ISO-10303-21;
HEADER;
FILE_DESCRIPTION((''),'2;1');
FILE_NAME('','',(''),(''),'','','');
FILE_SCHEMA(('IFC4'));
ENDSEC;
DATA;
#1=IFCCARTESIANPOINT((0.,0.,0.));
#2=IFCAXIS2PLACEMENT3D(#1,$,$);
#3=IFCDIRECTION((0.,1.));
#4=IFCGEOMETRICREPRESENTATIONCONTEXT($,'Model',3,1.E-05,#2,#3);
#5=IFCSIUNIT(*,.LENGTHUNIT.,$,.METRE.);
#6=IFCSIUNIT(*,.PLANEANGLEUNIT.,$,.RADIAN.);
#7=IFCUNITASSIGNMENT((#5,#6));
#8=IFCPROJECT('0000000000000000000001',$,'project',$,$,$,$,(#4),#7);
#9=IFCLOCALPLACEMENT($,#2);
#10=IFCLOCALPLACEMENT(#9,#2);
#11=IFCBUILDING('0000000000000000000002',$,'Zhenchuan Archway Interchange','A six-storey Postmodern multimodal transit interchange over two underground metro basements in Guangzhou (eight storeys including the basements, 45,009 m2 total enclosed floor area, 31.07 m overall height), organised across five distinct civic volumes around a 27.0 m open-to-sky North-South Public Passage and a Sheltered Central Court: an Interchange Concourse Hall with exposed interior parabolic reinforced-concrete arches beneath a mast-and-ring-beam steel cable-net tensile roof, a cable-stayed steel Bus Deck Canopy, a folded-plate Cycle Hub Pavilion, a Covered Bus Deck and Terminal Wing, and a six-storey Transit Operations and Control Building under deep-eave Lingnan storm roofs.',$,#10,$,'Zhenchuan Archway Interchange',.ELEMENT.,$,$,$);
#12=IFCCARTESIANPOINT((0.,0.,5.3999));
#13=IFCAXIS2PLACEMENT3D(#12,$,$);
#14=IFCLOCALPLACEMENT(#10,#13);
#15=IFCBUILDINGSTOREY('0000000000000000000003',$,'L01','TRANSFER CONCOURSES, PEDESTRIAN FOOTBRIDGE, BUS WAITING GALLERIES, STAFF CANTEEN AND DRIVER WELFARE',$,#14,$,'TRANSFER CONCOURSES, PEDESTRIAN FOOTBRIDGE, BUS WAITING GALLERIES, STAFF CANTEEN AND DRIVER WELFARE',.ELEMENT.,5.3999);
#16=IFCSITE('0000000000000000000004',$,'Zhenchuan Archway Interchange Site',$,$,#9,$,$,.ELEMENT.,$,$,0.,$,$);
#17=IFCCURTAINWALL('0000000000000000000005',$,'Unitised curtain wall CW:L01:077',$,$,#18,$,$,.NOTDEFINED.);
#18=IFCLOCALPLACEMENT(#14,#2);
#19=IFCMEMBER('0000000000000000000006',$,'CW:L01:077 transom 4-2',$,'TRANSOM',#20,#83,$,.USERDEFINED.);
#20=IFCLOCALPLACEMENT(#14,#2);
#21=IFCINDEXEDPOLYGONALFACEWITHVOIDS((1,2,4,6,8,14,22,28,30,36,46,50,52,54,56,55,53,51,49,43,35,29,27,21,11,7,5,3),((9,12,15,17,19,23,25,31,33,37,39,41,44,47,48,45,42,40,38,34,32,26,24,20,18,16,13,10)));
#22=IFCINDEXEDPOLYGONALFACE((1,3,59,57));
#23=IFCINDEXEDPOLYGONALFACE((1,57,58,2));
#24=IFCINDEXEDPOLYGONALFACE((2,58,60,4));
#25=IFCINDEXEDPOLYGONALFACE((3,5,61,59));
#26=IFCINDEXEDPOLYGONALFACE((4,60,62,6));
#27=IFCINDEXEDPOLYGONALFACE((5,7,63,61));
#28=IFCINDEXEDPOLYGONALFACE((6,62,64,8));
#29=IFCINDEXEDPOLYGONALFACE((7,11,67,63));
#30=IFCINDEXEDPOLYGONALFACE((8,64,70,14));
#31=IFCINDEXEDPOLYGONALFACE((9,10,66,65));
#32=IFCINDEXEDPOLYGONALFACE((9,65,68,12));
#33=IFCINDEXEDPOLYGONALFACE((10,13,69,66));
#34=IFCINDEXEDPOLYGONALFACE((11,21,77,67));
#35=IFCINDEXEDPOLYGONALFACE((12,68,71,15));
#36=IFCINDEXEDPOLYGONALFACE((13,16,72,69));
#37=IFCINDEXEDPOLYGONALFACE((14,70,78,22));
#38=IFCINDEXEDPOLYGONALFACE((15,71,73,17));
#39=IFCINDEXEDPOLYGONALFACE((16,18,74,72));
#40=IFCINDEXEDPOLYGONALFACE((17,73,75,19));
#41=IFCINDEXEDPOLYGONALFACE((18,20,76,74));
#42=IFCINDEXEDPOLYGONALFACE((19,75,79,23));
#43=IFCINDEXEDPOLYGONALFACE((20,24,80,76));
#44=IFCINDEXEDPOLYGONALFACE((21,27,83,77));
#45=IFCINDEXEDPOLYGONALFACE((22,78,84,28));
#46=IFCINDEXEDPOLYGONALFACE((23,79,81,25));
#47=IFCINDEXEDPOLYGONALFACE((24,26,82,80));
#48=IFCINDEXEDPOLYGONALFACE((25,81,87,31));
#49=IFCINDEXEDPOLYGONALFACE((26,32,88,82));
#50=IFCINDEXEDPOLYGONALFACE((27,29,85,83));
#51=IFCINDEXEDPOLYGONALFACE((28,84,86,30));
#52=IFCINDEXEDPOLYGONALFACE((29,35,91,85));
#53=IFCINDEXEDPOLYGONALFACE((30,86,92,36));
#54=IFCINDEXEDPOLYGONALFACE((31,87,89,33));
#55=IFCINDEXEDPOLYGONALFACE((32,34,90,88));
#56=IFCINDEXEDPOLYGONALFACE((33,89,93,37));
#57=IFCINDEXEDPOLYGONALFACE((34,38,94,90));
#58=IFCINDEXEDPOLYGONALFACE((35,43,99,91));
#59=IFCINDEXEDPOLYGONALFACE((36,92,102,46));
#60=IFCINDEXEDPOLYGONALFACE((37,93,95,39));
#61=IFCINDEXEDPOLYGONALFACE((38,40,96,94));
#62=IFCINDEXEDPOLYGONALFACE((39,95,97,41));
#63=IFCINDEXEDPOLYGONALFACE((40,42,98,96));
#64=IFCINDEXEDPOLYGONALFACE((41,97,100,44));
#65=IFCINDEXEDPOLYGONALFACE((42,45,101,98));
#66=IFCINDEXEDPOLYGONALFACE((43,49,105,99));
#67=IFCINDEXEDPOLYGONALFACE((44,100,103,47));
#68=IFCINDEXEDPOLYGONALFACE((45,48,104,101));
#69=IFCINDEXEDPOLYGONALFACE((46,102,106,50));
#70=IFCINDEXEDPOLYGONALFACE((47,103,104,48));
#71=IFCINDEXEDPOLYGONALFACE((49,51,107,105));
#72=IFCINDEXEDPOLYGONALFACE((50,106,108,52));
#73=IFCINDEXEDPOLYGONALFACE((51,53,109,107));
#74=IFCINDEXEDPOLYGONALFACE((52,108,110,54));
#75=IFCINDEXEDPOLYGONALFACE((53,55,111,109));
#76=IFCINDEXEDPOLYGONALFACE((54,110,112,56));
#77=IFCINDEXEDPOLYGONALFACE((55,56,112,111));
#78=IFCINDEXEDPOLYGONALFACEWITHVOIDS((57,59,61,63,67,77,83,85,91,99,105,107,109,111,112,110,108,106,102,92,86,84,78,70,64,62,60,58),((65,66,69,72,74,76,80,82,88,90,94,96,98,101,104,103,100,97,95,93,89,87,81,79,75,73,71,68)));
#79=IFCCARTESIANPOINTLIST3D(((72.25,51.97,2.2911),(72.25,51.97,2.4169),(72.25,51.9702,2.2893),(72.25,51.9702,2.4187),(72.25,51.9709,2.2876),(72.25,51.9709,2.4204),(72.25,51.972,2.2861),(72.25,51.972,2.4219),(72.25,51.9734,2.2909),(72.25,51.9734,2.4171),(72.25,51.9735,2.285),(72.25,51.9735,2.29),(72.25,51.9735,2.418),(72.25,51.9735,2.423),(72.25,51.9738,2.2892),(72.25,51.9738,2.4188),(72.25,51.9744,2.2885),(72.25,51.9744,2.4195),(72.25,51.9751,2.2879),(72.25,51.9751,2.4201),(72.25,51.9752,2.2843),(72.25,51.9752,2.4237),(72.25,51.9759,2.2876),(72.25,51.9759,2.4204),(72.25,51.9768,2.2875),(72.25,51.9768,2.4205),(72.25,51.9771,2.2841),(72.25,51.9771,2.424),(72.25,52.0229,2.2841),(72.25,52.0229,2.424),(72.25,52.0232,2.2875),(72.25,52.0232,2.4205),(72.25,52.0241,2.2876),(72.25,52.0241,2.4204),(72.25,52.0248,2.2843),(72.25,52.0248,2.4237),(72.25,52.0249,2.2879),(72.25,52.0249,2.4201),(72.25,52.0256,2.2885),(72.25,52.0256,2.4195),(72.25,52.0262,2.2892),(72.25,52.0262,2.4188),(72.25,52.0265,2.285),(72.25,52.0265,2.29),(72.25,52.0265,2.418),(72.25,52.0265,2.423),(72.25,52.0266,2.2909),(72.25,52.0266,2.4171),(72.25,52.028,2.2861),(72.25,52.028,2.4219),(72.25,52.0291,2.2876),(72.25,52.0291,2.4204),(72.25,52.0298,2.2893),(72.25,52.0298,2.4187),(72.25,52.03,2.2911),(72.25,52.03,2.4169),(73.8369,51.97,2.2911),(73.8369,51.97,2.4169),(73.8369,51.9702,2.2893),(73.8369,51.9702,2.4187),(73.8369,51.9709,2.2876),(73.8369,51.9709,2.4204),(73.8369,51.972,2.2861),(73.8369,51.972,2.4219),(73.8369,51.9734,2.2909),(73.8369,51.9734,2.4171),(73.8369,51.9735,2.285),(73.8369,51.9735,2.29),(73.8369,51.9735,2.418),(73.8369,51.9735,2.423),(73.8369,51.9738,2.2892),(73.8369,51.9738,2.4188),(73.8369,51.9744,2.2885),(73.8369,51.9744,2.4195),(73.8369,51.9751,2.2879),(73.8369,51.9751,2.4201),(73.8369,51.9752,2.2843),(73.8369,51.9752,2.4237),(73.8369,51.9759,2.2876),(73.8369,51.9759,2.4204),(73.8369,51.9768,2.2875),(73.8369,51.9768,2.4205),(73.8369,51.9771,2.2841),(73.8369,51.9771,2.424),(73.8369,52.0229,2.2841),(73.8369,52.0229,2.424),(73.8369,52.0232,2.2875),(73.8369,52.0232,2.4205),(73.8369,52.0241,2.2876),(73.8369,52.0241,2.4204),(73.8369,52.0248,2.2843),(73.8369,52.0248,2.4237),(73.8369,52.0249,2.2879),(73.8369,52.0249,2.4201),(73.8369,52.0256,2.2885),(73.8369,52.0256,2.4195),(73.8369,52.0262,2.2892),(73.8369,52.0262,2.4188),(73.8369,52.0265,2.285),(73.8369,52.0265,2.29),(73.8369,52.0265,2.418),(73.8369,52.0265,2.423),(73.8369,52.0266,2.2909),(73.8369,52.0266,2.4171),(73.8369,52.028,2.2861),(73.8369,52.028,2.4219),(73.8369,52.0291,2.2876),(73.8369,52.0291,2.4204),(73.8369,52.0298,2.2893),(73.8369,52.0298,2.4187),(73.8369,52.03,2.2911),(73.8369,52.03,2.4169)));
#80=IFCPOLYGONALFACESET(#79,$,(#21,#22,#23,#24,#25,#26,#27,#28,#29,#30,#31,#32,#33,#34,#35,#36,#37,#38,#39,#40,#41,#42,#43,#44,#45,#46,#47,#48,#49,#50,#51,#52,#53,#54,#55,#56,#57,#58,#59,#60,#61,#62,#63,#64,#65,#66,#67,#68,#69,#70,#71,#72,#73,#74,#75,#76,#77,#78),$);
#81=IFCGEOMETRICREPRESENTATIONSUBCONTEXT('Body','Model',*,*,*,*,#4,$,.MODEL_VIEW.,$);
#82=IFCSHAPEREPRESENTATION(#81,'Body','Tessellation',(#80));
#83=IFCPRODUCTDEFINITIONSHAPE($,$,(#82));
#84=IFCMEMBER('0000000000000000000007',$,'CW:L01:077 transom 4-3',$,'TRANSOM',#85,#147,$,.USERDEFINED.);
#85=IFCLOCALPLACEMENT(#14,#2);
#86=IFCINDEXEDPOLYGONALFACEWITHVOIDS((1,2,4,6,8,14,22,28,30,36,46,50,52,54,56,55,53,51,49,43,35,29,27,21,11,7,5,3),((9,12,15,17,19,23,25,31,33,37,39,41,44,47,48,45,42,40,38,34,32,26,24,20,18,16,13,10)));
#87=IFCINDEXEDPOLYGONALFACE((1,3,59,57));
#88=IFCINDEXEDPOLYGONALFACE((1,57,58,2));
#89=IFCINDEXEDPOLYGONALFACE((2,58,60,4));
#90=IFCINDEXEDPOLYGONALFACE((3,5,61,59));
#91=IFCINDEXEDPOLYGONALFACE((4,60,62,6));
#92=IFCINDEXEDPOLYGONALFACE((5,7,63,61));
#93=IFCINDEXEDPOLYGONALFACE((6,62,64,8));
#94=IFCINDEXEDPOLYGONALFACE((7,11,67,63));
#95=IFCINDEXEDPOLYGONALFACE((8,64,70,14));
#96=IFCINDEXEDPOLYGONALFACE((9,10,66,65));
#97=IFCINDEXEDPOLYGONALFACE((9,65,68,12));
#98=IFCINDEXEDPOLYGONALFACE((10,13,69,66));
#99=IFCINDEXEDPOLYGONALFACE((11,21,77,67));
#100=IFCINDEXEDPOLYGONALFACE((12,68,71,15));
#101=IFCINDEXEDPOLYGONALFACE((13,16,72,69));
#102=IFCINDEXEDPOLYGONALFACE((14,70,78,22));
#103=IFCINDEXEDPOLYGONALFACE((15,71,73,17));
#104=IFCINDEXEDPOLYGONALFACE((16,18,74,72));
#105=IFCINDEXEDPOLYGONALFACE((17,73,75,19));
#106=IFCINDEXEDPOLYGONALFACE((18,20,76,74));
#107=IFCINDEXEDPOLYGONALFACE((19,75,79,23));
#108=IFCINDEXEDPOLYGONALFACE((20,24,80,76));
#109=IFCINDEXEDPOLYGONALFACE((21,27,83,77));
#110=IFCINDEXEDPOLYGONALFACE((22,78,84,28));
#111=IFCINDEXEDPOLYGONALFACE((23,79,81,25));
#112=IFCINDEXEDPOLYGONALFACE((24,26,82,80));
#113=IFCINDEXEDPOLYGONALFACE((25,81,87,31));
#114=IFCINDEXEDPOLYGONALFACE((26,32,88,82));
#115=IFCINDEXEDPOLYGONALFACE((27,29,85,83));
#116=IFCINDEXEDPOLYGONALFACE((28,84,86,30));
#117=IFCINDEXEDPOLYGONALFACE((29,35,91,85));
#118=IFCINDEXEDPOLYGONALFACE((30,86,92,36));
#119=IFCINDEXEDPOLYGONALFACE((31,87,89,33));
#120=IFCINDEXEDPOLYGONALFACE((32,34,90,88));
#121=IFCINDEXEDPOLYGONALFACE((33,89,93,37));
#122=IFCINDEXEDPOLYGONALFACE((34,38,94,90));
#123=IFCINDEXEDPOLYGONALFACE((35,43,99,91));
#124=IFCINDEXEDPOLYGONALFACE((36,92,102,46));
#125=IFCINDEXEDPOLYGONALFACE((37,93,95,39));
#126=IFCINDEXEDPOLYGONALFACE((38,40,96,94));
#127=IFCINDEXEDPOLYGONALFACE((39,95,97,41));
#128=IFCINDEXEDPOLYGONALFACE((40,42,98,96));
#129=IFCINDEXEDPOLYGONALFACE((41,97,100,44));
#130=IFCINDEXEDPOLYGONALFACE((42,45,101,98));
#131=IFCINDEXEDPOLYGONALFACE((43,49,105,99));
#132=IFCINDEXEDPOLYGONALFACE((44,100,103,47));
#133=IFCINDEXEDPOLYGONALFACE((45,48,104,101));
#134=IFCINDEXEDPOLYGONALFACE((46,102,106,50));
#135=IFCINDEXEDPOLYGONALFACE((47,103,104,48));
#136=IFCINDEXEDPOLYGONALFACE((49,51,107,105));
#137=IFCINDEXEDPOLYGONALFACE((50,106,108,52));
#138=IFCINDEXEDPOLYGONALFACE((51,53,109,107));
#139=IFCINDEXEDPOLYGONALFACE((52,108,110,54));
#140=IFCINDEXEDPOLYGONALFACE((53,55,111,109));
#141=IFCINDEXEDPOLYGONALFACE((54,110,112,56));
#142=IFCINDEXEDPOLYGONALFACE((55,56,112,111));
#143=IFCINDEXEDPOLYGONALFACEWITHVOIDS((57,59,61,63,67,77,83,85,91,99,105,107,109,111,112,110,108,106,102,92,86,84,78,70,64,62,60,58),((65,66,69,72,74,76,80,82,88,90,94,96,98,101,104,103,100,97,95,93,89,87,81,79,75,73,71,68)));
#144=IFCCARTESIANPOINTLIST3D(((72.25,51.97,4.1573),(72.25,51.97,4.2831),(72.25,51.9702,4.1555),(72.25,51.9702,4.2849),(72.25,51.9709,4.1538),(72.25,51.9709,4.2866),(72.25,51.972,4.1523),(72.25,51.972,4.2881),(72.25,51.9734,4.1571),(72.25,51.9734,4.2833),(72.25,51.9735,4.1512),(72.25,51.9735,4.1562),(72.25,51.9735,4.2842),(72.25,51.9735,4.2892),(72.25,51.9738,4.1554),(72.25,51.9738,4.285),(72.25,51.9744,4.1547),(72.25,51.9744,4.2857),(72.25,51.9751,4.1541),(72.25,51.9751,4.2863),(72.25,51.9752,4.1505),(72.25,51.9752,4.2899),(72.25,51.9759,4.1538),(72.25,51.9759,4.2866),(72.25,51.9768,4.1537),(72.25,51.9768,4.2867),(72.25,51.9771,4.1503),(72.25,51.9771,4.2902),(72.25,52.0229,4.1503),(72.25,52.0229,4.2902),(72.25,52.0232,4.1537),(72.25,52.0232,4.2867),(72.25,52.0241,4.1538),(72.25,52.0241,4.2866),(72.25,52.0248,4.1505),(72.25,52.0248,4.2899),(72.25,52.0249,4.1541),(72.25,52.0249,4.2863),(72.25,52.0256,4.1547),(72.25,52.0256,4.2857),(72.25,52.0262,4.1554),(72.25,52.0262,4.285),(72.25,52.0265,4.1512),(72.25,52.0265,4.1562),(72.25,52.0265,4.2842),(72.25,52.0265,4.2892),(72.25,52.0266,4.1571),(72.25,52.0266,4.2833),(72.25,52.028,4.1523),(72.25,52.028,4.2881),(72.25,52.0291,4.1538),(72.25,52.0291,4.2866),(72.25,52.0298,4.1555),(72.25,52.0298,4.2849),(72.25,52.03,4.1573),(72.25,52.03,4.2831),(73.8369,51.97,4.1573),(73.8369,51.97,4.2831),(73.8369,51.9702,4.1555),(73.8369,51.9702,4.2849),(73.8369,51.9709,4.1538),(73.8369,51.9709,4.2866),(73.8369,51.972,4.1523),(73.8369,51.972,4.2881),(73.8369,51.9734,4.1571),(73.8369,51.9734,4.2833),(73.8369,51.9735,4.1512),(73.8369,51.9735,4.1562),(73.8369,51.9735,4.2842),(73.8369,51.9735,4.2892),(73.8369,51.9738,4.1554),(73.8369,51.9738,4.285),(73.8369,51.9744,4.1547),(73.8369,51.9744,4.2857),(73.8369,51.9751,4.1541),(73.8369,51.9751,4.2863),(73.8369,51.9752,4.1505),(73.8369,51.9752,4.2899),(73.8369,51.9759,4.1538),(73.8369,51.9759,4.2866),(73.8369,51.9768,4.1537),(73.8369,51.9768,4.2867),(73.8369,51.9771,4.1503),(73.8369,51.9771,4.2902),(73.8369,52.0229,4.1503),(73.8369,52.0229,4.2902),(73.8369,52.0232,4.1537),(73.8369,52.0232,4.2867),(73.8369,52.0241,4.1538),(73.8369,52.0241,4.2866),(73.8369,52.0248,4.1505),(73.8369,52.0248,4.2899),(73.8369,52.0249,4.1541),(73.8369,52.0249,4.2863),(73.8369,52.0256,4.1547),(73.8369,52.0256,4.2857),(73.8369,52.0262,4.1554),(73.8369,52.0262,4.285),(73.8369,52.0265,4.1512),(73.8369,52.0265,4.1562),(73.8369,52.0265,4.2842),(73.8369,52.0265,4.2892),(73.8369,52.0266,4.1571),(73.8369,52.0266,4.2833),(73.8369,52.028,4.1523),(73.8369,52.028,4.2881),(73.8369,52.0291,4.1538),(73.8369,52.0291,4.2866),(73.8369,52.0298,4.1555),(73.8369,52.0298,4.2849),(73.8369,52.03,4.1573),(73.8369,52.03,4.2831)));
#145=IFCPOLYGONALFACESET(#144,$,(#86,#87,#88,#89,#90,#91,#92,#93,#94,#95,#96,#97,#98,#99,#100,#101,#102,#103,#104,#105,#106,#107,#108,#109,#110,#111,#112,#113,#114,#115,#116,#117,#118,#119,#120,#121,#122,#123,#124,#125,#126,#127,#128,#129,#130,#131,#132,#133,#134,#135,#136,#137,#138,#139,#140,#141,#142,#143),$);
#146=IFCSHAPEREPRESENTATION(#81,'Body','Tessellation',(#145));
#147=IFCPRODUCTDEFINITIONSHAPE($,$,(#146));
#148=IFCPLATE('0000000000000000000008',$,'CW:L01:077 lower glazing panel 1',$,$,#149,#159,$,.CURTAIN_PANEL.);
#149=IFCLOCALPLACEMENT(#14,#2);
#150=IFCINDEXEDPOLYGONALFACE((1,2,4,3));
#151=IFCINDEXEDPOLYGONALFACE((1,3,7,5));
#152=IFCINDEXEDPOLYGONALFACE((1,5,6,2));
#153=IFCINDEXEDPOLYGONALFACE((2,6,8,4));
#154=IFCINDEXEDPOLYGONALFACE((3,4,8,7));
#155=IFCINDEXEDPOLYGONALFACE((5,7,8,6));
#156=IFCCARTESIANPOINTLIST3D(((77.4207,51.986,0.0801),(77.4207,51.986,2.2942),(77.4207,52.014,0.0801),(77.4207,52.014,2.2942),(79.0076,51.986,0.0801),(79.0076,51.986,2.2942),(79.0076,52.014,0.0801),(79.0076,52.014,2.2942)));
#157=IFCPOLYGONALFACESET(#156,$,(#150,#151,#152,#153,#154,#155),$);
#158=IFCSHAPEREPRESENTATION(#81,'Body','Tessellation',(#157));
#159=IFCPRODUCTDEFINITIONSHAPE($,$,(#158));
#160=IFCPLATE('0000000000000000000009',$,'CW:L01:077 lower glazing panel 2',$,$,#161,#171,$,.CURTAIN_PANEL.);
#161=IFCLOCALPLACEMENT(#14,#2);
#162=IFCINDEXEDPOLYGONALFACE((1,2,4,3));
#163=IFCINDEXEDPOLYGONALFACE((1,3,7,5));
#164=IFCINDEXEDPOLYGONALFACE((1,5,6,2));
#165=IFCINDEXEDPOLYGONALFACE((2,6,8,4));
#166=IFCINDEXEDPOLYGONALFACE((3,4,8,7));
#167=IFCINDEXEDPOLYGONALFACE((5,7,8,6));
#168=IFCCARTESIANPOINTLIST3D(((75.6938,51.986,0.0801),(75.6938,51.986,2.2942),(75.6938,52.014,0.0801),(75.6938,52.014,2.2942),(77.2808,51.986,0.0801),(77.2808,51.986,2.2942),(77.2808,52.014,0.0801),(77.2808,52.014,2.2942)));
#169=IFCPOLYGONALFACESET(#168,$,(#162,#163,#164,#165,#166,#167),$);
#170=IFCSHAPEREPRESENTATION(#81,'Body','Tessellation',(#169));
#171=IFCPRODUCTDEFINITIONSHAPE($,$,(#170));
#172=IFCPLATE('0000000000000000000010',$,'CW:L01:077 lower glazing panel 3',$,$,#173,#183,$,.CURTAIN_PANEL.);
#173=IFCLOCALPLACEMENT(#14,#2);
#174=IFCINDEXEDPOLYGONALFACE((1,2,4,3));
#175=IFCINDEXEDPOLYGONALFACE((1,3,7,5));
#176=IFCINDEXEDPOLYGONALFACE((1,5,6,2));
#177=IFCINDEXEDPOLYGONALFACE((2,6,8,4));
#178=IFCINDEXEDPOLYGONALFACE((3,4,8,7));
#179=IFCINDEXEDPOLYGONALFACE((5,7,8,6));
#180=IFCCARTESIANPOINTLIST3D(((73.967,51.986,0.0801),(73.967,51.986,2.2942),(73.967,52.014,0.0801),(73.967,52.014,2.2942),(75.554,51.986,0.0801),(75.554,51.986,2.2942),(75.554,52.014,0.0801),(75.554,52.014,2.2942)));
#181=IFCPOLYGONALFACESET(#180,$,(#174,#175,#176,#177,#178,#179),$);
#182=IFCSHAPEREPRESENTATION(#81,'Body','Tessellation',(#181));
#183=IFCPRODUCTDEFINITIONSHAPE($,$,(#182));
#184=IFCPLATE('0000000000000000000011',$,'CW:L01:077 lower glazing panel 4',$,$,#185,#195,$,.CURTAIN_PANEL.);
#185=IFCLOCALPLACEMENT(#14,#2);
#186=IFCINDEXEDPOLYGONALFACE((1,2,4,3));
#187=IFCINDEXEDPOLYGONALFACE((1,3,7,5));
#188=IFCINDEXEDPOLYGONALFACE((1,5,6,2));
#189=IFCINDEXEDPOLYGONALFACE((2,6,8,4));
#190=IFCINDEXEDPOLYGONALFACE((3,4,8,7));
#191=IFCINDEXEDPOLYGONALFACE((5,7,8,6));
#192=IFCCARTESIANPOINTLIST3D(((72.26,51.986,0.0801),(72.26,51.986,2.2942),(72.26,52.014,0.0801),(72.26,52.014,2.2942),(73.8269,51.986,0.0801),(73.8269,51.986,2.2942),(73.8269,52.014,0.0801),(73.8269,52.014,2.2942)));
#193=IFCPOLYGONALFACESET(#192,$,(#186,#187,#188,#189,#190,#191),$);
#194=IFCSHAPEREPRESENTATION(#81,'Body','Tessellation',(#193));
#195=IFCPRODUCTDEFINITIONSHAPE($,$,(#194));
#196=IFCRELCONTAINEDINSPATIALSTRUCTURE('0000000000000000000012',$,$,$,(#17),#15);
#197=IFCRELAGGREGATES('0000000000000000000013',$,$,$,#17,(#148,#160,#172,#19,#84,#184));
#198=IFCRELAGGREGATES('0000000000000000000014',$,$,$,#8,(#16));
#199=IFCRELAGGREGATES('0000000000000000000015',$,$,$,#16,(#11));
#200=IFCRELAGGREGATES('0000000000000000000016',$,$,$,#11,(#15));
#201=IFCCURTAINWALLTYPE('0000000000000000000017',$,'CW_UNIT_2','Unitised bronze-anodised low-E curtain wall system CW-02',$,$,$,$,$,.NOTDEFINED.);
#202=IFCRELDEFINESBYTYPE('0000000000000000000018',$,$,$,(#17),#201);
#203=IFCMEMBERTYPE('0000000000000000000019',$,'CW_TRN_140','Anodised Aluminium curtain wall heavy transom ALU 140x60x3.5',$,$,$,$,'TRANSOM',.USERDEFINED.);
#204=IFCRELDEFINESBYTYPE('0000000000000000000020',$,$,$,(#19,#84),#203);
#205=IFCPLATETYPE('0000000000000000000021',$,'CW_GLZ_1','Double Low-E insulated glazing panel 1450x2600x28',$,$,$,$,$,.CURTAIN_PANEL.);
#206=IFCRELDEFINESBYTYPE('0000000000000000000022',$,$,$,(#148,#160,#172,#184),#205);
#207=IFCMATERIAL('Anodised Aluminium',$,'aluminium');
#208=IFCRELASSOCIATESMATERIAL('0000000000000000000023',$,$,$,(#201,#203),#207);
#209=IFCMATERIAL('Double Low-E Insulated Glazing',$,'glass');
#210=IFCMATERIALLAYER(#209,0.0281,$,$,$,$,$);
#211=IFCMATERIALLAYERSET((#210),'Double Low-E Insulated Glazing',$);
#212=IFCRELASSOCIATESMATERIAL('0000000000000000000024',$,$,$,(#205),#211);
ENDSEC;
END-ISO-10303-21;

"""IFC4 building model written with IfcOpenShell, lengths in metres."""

from ifc_helpers import new_model, si_unit, direction, frame, origin, origin_2d, place, context, subcontext, project, spatial, rectangle, hollow_rectangle, extrude, material, layer, layer_set, material_profile, profile_set, type_object, element, aggregate, save


model = new_model("IFC4")

# Units and contexts
model_context = context("Model", 3, precision=1e-05, world=origin(), true_north=direction((0.0, 1.0)))
body_context = subcontext(model_context, "Body", "Model", "MODEL_VIEW")
ifc_project = project(units=[si_unit("LENGTHUNIT", "METRE"), si_unit("PLANEANGLEUNIT", "RADIAN")], contexts=[model_context])

# Site, building, storey
site_placement = place(None, origin())
site = spatial("IfcSite", under=ifc_project, at=site_placement, Name="Zhenchuan Archway Interchange Site", CompositionType="ELEMENT", RefElevation=0.0)
building_placement = place(site_placement, origin())
building = spatial("IfcBuilding", under=site, at=building_placement, Name="Zhenchuan Archway Interchange", Description="A six-storey Postmodern multimodal transit interchange over two underground metro basements in Guangzhou (eight storeys including the basements, 45,009 m2 total enclosed floor area, 31.07 m overall height), organised across five distinct civic volumes around a 27.0 m open-to-sky North-South Public Passage and a Sheltered Central Court: an Interchange Concourse Hall with exposed interior parabolic reinforced-concrete arches beneath a mast-and-ring-beam steel cable-net tensile roof, a cable-stayed steel Bus Deck Canopy, a folded-plate Cycle Hub Pavilion, a Covered Bus Deck and Terminal Wing, and a six-storey Transit Operations and Control Building under deep-eave Lingnan storm roofs.", LongName="Zhenchuan Archway Interchange", CompositionType="ELEMENT")
storey_placement = place(building_placement, frame((0.0, 0.0, 5.3999)))
storey = spatial("IfcBuildingStorey", under=building, at=storey_placement, Name="L01", Description="TRANSFER CONCOURSES, PEDESTRIAN FOOTBRIDGE, BUS WAITING GALLERIES, STAFF CANTEEN AND DRIVER WELFARE", LongName="TRANSFER CONCOURSES, PEDESTRIAN FOOTBRIDGE, BUS WAITING GALLERIES, STAFF CANTEEN AND DRIVER WELFARE", CompositionType="ELEMENT", Elevation=5.3999)

# Shared definitions
ifc_material_1 = material(Name="Anodised Aluminium", Category="aluminium")

# Curtain wall, members, plates
curtain_wall_type_1 = type_object("IfcCurtainWallType", Name="CW_UNIT_2", Description="Unitised bronze-anodised low-E curtain wall system CW-02", PredefinedType="NOTDEFINED", material=ifc_material_1)
curtain_wall_1_placement = place(storey_placement, origin())
curtain_wall_1 = element("IfcCurtainWall", 1, at=curtain_wall_1_placement, inside=storey, type_object=curtain_wall_type_1, Name="Unitised curtain wall CW:L01:077", PredefinedType="NOTDEFINED")
ifc_material_profile_1 = material_profile(ifc_material_1, hollow_rectangle(XDim=0.0601, YDim=0.1399, WallThickness=0.0034, InnerFilletRadius=0.0034, OuterFilletRadius=0.0071, at=origin_2d()), Name="ALU 140x60x3.5")
ifc_profile_set_1 = profile_set([ifc_material_profile_1], Name="Anodised Aluminium")
member_type_1 = type_object("IfcMemberType", Name="CW_TRN_140", Description="Anodised Aluminium curtain wall heavy transom ALU 140x60x3.5", ElementType="TRANSOM", PredefinedType="USERDEFINED", material=ifc_profile_set_1)
member_1_placement = place(storey_placement, frame((73.8369, 52.0, 2.354), z_axis=(-1.0, 0.0, 0.0), x_axis=(0.0, -1.0, 0.0)))
member_1 = element("IfcMember", 2, at=member_1_placement, type_object=member_type_1, Name="CW:L01:077 transom 4-2", ObjectType="TRANSOM", PredefinedType="USERDEFINED", context=body_context, shape_type="SweptSolid", body=[
    extrude(hollow_rectangle(XDim=0.0601, YDim=0.1399, WallThickness=0.0034, InnerFilletRadius=0.0034, OuterFilletRadius=0.0071, at=origin_2d()), origin(), (0.0, 0.0, 1.0), 1.5869),
])
member_2_placement = place(storey_placement, frame((73.8369, 52.0, 4.2202), z_axis=(-1.0, 0.0, 0.0), x_axis=(0.0, -1.0, 0.0)))
member_2 = element("IfcMember", 3, at=member_2_placement, type_object=member_type_1, Name="CW:L01:077 transom 4-3", ObjectType="TRANSOM", PredefinedType="USERDEFINED", context=body_context, shape_type="SweptSolid", body=[
    extrude(hollow_rectangle(XDim=0.0601, YDim=0.1399, WallThickness=0.0034, InnerFilletRadius=0.0034, OuterFilletRadius=0.0071, at=origin_2d()), origin(), (0.0, 0.0, 1.0), 1.5869),
])
ifc_material_2 = material(Name="Double Low-E Insulated Glazing", Category="glass")
ifc_layer_1 = layer(ifc_material_2, 0.0281)
ifc_layer_set_1 = layer_set([ifc_layer_1], Name="Double Low-E Insulated Glazing")
plate_type_1 = type_object("IfcPlateType", Name="CW_GLZ_1", Description="Double Low-E insulated glazing panel 1450x2600x28", PredefinedType="CURTAIN_PANEL", material=ifc_layer_set_1)
plate_1_placement = place(storey_placement, frame((78.2141, 52.0, 0.0801), z_axis=(0.0, 0.0, 1.0), x_axis=(-1.0, 0.0, 0.0)))
plate_1 = element("IfcPlate", 4, at=plate_1_placement, type_object=plate_type_1, Name="CW:L01:077 lower glazing panel 1", PredefinedType="CURTAIN_PANEL", context=body_context, shape_type="SweptSolid", body=[
    extrude(rectangle(XDim=1.5869, YDim=0.0281, at=origin_2d()), origin(), (0.0, 0.0, 1.0), 2.2141),
])
plate_2_placement = place(storey_placement, frame((76.4873, 52.0, 0.0801), z_axis=(0.0, 0.0, 1.0), x_axis=(-1.0, 0.0, 0.0)))
plate_2 = element("IfcPlate", 5, at=plate_2_placement, type_object=plate_type_1, Name="CW:L01:077 lower glazing panel 2", PredefinedType="CURTAIN_PANEL", context=body_context, shape_type="SweptSolid", body=[
    extrude(rectangle(XDim=1.5869, YDim=0.0281, at=origin_2d()), origin(), (0.0, 0.0, 1.0), 2.2141),
])
plate_3_placement = place(storey_placement, frame((74.7605, 52.0, 0.0801), z_axis=(0.0, 0.0, 1.0), x_axis=(-1.0, 0.0, 0.0)))
plate_3 = element("IfcPlate", 6, at=plate_3_placement, type_object=plate_type_1, Name="CW:L01:077 lower glazing panel 3", PredefinedType="CURTAIN_PANEL", context=body_context, shape_type="SweptSolid", body=[
    extrude(rectangle(XDim=1.5869, YDim=0.0281, at=origin_2d()), origin(), (0.0, 0.0, 1.0), 2.2141),
])
plate_4_placement = place(storey_placement, frame((73.0435, 52.0, 0.0801), z_axis=(0.0, 0.0, 1.0), x_axis=(-1.0, 0.0, 0.0)))
plate_4 = element("IfcPlate", 7, at=plate_4_placement, type_object=plate_type_1, Name="CW:L01:077 lower glazing panel 4", PredefinedType="CURTAIN_PANEL", context=body_context, shape_type="SweptSolid", body=[
    extrude(rectangle(XDim=1.5669, YDim=0.0281, at=origin_2d()), origin(), (0.0, 0.0, 1.0), 2.2141),
])
aggregate(curtain_wall_1, [plate_1, plate_2, plate_3, member_1, member_2, plate_4])

save(model, "model.ifc")
